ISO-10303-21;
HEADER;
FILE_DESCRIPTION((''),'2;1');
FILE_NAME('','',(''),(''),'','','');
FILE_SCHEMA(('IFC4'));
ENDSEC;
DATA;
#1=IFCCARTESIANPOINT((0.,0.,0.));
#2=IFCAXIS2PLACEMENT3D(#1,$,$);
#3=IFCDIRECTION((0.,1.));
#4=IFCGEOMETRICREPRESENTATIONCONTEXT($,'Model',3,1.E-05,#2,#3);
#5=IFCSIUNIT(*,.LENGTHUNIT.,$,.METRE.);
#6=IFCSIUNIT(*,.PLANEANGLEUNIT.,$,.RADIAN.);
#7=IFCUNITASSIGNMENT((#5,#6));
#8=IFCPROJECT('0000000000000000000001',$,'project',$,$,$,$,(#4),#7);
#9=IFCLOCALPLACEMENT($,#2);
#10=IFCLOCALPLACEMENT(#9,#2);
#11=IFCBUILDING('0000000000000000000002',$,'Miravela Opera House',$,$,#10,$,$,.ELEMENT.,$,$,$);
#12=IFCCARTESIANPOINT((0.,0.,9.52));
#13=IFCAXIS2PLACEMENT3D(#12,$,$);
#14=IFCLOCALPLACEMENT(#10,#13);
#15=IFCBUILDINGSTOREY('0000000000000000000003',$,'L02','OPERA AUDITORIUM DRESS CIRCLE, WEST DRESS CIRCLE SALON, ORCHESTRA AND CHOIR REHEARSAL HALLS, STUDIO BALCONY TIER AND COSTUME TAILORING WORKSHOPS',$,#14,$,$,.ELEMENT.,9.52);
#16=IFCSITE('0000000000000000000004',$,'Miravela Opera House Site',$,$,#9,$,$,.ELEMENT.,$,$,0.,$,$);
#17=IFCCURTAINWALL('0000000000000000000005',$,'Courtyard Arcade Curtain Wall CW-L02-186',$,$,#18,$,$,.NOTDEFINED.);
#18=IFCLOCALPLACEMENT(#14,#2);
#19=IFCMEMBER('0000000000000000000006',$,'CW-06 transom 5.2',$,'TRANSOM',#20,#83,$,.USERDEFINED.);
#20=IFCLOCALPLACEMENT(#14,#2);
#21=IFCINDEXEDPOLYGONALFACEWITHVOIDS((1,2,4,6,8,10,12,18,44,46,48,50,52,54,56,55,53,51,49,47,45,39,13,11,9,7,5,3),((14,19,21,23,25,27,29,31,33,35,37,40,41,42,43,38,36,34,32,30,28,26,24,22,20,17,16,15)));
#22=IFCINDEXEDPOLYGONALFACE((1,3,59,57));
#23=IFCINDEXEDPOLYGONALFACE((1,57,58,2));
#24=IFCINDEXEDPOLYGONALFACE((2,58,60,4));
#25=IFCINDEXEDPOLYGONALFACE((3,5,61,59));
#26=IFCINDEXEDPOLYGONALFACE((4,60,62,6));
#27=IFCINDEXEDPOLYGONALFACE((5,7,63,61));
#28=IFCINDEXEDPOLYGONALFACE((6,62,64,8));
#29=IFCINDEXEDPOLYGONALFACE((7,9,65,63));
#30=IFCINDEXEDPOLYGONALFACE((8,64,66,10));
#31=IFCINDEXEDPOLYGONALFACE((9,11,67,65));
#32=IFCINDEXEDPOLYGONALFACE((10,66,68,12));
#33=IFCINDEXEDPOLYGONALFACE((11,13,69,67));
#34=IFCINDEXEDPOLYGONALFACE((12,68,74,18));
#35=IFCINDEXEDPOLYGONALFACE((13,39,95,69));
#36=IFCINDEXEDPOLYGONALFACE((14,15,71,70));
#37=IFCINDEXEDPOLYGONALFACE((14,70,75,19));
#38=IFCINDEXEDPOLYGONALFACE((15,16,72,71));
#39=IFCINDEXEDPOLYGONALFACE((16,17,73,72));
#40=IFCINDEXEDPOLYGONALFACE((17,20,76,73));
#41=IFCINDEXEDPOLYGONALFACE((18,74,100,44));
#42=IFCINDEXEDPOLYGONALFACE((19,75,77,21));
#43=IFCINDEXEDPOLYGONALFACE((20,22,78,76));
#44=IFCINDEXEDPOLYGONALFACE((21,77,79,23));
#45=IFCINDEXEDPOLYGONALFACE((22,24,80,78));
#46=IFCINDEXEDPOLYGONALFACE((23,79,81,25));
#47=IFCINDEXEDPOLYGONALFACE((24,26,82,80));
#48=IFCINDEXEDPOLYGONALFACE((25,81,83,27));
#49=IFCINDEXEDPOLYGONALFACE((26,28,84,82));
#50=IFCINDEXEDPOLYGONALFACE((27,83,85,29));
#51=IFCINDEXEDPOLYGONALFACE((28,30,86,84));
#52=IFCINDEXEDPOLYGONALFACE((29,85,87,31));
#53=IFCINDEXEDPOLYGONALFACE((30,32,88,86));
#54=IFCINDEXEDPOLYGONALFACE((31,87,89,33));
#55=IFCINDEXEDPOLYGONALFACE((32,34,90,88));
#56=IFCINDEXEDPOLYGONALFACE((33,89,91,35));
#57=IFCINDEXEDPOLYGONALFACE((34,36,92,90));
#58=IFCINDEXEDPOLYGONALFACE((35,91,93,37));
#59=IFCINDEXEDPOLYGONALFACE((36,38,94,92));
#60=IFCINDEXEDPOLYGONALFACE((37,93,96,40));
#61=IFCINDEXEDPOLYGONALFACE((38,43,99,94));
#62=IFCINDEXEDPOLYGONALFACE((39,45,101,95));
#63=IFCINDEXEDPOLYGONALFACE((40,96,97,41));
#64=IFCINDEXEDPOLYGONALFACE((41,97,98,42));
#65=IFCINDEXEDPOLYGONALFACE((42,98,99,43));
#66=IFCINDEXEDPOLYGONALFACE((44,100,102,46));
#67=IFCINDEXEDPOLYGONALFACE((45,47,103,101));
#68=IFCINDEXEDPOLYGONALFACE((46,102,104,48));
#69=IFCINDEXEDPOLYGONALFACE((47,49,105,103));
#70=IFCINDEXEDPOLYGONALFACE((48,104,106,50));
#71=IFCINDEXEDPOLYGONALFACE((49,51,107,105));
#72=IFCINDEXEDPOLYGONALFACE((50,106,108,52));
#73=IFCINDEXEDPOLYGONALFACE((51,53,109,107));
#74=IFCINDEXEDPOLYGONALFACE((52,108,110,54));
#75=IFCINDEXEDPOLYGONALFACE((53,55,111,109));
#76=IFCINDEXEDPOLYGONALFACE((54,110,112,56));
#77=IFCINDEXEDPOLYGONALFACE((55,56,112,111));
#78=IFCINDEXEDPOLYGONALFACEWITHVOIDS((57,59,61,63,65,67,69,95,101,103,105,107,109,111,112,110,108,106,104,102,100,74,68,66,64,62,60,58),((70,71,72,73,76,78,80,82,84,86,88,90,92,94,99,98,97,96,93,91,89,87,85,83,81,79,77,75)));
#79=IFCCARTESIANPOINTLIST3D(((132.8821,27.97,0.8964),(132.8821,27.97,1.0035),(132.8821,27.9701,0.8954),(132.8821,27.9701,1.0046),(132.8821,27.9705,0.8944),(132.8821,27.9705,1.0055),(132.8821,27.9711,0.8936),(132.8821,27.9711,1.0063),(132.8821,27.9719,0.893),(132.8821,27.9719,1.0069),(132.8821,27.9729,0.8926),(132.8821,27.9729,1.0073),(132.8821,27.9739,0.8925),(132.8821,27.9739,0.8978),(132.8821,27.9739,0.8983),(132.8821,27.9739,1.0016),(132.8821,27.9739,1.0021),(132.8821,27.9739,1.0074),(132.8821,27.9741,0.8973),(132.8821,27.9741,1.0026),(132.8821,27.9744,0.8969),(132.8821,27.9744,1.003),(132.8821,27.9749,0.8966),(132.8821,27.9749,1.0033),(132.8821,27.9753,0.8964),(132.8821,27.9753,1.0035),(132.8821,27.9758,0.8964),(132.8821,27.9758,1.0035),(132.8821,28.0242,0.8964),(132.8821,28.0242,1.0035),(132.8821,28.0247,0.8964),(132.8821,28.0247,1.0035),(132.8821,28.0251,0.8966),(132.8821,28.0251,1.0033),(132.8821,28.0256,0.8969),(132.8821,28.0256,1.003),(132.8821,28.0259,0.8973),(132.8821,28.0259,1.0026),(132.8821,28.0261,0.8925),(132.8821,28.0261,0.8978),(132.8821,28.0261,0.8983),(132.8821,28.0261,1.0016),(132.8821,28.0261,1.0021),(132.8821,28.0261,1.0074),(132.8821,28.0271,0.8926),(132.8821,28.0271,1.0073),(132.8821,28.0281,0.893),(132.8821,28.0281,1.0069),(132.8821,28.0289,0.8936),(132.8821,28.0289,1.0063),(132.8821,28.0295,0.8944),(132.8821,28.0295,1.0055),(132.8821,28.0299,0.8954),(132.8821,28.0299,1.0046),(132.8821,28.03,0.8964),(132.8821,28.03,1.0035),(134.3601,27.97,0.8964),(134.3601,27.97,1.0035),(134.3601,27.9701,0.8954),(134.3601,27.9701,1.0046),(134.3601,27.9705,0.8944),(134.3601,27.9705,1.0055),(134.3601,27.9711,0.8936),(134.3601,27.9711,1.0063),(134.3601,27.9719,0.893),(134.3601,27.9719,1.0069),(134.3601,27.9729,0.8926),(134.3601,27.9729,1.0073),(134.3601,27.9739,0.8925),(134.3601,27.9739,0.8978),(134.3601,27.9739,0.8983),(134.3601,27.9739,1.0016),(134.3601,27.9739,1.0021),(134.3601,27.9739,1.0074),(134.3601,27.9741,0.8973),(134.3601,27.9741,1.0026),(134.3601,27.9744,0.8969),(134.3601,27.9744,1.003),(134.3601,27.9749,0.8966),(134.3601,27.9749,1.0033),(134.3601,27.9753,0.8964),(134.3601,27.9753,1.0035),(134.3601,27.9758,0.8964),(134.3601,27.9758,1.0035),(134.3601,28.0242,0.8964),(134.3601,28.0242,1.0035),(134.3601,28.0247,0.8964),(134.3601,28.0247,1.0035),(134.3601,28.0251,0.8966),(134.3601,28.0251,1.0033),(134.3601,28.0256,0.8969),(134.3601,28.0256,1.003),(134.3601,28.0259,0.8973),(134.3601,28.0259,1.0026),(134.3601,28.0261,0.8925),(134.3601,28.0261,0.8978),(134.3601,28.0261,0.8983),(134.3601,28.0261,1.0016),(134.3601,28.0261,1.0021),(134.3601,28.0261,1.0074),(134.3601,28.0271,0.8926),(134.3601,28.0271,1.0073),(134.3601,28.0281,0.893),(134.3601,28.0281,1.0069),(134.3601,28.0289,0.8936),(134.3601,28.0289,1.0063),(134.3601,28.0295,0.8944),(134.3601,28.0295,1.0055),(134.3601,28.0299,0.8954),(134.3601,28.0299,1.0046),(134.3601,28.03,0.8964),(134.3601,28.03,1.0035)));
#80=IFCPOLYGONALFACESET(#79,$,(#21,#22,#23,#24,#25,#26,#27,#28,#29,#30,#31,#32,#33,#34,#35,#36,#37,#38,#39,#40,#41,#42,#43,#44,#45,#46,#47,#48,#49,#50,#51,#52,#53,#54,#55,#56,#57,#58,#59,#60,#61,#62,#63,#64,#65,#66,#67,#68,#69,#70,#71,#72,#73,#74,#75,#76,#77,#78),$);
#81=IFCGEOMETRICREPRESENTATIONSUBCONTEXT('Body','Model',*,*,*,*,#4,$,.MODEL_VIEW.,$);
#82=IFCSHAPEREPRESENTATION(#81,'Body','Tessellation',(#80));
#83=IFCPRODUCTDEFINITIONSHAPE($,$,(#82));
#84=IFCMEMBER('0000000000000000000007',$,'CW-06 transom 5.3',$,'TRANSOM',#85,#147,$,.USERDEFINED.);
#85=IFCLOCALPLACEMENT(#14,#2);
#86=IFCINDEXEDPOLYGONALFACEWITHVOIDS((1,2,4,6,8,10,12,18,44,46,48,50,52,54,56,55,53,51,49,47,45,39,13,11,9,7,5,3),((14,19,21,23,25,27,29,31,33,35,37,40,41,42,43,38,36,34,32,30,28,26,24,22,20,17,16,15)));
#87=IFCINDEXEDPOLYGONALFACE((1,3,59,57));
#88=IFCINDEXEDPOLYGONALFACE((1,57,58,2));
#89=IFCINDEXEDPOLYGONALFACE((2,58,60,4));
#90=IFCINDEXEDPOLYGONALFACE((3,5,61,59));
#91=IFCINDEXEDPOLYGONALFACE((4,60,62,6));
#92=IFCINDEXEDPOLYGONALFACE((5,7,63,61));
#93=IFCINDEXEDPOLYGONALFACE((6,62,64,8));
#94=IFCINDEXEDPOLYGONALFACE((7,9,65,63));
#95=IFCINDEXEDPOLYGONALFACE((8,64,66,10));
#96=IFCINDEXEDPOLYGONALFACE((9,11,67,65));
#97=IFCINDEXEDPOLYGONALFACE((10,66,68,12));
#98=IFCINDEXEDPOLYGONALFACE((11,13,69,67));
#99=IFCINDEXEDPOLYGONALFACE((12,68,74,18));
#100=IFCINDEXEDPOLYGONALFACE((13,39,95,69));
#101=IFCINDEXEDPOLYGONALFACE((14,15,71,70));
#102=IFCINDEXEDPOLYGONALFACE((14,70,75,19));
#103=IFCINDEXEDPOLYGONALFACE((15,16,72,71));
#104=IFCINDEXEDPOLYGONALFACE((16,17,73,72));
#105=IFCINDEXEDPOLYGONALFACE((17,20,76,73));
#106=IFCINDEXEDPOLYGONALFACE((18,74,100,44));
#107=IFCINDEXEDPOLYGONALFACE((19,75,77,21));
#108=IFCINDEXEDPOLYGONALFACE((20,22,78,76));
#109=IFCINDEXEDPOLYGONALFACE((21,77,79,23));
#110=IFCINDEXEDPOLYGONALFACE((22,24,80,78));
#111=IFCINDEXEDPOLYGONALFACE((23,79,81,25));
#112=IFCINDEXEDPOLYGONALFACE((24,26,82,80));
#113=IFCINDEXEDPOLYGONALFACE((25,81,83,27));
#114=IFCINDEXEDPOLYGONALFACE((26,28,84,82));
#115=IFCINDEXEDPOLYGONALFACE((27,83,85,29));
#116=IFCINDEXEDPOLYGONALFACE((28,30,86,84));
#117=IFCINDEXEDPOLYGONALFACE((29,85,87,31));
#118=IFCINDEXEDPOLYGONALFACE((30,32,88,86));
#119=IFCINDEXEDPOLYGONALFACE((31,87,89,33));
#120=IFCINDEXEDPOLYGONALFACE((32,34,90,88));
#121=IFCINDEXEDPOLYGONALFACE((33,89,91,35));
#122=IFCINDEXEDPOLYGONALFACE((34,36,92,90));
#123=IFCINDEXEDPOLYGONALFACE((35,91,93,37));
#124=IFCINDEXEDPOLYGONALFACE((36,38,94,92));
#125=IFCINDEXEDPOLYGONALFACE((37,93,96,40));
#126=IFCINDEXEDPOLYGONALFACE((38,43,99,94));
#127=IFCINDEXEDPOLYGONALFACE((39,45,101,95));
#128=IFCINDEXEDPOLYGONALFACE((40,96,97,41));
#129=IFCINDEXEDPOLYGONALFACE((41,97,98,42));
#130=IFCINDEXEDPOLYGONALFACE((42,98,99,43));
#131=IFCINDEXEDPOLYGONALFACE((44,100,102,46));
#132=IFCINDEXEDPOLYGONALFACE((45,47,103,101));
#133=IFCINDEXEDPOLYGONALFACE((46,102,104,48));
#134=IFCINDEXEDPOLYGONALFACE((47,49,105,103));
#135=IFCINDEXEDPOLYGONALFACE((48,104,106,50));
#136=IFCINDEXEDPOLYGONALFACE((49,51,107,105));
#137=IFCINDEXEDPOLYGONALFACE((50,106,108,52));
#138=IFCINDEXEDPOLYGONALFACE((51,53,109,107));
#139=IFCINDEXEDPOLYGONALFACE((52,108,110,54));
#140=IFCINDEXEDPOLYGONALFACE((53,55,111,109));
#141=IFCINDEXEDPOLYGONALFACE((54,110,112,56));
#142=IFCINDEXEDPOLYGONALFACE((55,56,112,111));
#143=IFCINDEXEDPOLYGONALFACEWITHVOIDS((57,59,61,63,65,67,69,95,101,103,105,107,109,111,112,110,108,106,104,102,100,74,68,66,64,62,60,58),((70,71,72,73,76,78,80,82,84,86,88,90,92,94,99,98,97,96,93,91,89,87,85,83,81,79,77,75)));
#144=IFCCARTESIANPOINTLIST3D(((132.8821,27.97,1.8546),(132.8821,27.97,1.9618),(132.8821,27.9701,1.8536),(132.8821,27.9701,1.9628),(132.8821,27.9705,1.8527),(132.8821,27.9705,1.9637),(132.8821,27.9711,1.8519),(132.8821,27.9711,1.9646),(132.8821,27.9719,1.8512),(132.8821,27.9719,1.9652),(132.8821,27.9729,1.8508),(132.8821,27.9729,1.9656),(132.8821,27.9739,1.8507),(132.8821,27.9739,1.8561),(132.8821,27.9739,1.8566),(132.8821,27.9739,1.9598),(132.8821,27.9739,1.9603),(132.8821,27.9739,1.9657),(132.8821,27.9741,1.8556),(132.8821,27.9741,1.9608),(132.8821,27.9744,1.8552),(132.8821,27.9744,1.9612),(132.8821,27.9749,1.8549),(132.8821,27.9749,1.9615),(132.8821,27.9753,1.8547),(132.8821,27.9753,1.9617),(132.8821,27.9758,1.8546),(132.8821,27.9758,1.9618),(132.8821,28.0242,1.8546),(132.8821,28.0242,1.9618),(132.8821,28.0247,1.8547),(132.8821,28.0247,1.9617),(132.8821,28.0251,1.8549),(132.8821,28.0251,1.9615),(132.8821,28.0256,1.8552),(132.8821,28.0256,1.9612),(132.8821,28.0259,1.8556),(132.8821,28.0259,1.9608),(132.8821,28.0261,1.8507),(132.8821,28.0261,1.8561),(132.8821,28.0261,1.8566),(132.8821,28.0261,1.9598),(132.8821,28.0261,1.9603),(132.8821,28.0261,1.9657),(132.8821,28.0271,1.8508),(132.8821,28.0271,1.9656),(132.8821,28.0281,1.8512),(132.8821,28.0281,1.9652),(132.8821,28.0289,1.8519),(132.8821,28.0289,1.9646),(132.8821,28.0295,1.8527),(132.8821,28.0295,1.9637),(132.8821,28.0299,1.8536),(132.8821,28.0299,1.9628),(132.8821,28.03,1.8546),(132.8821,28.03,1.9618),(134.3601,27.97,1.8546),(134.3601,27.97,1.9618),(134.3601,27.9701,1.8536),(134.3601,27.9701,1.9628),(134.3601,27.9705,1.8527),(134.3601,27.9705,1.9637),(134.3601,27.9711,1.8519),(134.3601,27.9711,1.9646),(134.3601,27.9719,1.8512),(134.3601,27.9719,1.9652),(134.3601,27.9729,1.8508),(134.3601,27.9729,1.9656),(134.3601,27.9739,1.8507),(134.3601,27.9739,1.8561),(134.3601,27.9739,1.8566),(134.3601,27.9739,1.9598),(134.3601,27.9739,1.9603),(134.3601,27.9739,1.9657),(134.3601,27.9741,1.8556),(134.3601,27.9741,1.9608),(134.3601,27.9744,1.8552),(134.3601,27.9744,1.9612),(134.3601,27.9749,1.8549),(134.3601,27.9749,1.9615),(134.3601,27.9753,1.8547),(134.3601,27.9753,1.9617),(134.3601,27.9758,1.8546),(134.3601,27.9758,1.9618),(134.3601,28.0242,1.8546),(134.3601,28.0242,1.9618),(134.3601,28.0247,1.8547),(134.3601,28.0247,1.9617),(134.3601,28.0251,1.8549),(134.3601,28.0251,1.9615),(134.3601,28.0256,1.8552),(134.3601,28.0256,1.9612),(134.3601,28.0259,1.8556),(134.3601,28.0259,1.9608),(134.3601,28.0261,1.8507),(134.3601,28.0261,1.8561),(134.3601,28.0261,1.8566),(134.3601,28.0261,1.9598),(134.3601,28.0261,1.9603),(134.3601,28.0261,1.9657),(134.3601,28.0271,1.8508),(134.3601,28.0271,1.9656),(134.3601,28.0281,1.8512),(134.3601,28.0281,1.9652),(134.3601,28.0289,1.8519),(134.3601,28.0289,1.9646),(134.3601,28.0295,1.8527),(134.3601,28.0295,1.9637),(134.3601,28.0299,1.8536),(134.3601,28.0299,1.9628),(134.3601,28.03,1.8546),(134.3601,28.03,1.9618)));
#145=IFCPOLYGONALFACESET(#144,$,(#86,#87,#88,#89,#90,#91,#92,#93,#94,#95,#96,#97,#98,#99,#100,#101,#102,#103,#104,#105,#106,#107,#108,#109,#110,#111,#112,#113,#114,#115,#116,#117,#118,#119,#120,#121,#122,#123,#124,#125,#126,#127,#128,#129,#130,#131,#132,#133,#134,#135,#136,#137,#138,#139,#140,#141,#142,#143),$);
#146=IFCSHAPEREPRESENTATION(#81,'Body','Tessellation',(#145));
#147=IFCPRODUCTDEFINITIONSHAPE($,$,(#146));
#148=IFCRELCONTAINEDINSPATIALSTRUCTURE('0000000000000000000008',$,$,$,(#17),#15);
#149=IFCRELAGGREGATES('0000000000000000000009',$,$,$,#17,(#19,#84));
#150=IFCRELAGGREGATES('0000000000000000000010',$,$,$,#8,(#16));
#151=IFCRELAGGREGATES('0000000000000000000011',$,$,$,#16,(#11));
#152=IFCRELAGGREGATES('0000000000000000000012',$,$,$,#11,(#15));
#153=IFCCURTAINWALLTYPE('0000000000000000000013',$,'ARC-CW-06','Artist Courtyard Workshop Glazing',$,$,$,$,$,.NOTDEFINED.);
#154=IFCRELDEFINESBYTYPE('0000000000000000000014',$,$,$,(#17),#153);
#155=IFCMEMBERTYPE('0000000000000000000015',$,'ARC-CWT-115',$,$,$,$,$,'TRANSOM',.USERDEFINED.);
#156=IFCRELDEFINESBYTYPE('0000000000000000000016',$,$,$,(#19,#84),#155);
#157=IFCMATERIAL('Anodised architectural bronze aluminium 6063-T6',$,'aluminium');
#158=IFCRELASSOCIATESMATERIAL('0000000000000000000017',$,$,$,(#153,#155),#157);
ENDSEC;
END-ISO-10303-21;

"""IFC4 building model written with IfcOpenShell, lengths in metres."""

from ifc_helpers import new_model, si_unit, direction, frame, origin, origin_2d, place, context, subcontext, project, spatial, hollow_rectangle, extrude, material, material_profile, profile_set, type_object, element, aggregate, save


model = new_model("IFC4")

# Units and contexts
model_context = context("Model", 3, precision=1e-05, world=origin(), true_north=direction((0.0, 1.0)))
body_context = subcontext(model_context, "Body", "Model", "MODEL_VIEW")
ifc_project = project(units=[si_unit("LENGTHUNIT", "METRE"), si_unit("PLANEANGLEUNIT", "RADIAN")], contexts=[model_context])

# Site, building, storey
site_placement = place(None, origin())
site = spatial("IfcSite", under=ifc_project, at=site_placement, Name="Miravela Opera House Site", CompositionType="ELEMENT", RefElevation=0.0)
building_placement = place(site_placement, origin())
building = spatial("IfcBuilding", under=site, at=building_placement, Name="Miravela Opera House", CompositionType="ELEMENT")
storey_placement = place(building_placement, frame((0.0, 0.0, 9.52)))
storey = spatial("IfcBuildingStorey", under=building, at=storey_placement, Name="L02", Description="OPERA AUDITORIUM DRESS CIRCLE, WEST DRESS CIRCLE SALON, ORCHESTRA AND CHOIR REHEARSAL HALLS, STUDIO BALCONY TIER AND COSTUME TAILORING WORKSHOPS", CompositionType="ELEMENT", Elevation=9.52)

# Curtain wall, members
ifc_material_1 = material(Name="Anodised architectural bronze aluminium 6063-T6", Category="aluminium")
curtain_wall_type = type_object("IfcCurtainWallType", Name="ARC-CW-06", Description="Artist Courtyard Workshop Glazing", PredefinedType="NOTDEFINED", material=ifc_material_1)
curtain_wall_placement = place(storey_placement, origin())
curtain_wall = element("IfcCurtainWall", 1, at=curtain_wall_placement, inside=storey, type_object=curtain_wall_type, Name="Courtyard Arcade Curtain Wall CW-L02-186", PredefinedType="NOTDEFINED")
ifc_material_profile_1 = material_profile(ifc_material_1, hollow_rectangle(XDim=0.0601, YDim=0.115, WallThickness=0.0039, InnerFilletRadius=0.002, OuterFilletRadius=0.0039, at=origin_2d()), Name="CWT-60X115")
ifc_profile_set_1 = profile_set([ifc_material_profile_1])
member_type_1 = type_object("IfcMemberType", Name="ARC-CWT-115", ElementType="TRANSOM", PredefinedType="USERDEFINED", material=ifc_profile_set_1)
member_1_placement = place(storey_placement, frame((132.8821, 28.0, 0.95), z_axis=(1.0, 0.0, 0.0), x_axis=(0.0, 1.0, 0.0)))
member_1 = element("IfcMember", 2, at=member_1_placement, type_object=member_type_1, Name="CW-06 transom 5.2", ObjectType="TRANSOM", PredefinedType="USERDEFINED", context=body_context, shape_type="SweptSolid", body=[
    extrude(hollow_rectangle(XDim=0.0601, YDim=0.115, WallThickness=0.0039, InnerFilletRadius=0.002, OuterFilletRadius=0.0039, at=origin_2d()), origin(), (0.0, 0.0, 1.0), 1.478),
])
member_2_placement = place(storey_placement, frame((132.8821, 28.0, 1.9082), z_axis=(1.0, 0.0, 0.0), x_axis=(0.0, 1.0, 0.0)))
member_2 = element("IfcMember", 3, at=member_2_placement, type_object=member_type_1, Name="CW-06 transom 5.3", ObjectType="TRANSOM", PredefinedType="USERDEFINED", context=body_context, shape_type="SweptSolid", body=[
    extrude(hollow_rectangle(XDim=0.0601, YDim=0.115, WallThickness=0.0039, InnerFilletRadius=0.002, OuterFilletRadius=0.0039, at=origin_2d()), origin(), (0.0, 0.0, 1.0), 1.478),
])

aggregate(curtain_wall, [member_1, member_2])

save(model, "model.ifc")
